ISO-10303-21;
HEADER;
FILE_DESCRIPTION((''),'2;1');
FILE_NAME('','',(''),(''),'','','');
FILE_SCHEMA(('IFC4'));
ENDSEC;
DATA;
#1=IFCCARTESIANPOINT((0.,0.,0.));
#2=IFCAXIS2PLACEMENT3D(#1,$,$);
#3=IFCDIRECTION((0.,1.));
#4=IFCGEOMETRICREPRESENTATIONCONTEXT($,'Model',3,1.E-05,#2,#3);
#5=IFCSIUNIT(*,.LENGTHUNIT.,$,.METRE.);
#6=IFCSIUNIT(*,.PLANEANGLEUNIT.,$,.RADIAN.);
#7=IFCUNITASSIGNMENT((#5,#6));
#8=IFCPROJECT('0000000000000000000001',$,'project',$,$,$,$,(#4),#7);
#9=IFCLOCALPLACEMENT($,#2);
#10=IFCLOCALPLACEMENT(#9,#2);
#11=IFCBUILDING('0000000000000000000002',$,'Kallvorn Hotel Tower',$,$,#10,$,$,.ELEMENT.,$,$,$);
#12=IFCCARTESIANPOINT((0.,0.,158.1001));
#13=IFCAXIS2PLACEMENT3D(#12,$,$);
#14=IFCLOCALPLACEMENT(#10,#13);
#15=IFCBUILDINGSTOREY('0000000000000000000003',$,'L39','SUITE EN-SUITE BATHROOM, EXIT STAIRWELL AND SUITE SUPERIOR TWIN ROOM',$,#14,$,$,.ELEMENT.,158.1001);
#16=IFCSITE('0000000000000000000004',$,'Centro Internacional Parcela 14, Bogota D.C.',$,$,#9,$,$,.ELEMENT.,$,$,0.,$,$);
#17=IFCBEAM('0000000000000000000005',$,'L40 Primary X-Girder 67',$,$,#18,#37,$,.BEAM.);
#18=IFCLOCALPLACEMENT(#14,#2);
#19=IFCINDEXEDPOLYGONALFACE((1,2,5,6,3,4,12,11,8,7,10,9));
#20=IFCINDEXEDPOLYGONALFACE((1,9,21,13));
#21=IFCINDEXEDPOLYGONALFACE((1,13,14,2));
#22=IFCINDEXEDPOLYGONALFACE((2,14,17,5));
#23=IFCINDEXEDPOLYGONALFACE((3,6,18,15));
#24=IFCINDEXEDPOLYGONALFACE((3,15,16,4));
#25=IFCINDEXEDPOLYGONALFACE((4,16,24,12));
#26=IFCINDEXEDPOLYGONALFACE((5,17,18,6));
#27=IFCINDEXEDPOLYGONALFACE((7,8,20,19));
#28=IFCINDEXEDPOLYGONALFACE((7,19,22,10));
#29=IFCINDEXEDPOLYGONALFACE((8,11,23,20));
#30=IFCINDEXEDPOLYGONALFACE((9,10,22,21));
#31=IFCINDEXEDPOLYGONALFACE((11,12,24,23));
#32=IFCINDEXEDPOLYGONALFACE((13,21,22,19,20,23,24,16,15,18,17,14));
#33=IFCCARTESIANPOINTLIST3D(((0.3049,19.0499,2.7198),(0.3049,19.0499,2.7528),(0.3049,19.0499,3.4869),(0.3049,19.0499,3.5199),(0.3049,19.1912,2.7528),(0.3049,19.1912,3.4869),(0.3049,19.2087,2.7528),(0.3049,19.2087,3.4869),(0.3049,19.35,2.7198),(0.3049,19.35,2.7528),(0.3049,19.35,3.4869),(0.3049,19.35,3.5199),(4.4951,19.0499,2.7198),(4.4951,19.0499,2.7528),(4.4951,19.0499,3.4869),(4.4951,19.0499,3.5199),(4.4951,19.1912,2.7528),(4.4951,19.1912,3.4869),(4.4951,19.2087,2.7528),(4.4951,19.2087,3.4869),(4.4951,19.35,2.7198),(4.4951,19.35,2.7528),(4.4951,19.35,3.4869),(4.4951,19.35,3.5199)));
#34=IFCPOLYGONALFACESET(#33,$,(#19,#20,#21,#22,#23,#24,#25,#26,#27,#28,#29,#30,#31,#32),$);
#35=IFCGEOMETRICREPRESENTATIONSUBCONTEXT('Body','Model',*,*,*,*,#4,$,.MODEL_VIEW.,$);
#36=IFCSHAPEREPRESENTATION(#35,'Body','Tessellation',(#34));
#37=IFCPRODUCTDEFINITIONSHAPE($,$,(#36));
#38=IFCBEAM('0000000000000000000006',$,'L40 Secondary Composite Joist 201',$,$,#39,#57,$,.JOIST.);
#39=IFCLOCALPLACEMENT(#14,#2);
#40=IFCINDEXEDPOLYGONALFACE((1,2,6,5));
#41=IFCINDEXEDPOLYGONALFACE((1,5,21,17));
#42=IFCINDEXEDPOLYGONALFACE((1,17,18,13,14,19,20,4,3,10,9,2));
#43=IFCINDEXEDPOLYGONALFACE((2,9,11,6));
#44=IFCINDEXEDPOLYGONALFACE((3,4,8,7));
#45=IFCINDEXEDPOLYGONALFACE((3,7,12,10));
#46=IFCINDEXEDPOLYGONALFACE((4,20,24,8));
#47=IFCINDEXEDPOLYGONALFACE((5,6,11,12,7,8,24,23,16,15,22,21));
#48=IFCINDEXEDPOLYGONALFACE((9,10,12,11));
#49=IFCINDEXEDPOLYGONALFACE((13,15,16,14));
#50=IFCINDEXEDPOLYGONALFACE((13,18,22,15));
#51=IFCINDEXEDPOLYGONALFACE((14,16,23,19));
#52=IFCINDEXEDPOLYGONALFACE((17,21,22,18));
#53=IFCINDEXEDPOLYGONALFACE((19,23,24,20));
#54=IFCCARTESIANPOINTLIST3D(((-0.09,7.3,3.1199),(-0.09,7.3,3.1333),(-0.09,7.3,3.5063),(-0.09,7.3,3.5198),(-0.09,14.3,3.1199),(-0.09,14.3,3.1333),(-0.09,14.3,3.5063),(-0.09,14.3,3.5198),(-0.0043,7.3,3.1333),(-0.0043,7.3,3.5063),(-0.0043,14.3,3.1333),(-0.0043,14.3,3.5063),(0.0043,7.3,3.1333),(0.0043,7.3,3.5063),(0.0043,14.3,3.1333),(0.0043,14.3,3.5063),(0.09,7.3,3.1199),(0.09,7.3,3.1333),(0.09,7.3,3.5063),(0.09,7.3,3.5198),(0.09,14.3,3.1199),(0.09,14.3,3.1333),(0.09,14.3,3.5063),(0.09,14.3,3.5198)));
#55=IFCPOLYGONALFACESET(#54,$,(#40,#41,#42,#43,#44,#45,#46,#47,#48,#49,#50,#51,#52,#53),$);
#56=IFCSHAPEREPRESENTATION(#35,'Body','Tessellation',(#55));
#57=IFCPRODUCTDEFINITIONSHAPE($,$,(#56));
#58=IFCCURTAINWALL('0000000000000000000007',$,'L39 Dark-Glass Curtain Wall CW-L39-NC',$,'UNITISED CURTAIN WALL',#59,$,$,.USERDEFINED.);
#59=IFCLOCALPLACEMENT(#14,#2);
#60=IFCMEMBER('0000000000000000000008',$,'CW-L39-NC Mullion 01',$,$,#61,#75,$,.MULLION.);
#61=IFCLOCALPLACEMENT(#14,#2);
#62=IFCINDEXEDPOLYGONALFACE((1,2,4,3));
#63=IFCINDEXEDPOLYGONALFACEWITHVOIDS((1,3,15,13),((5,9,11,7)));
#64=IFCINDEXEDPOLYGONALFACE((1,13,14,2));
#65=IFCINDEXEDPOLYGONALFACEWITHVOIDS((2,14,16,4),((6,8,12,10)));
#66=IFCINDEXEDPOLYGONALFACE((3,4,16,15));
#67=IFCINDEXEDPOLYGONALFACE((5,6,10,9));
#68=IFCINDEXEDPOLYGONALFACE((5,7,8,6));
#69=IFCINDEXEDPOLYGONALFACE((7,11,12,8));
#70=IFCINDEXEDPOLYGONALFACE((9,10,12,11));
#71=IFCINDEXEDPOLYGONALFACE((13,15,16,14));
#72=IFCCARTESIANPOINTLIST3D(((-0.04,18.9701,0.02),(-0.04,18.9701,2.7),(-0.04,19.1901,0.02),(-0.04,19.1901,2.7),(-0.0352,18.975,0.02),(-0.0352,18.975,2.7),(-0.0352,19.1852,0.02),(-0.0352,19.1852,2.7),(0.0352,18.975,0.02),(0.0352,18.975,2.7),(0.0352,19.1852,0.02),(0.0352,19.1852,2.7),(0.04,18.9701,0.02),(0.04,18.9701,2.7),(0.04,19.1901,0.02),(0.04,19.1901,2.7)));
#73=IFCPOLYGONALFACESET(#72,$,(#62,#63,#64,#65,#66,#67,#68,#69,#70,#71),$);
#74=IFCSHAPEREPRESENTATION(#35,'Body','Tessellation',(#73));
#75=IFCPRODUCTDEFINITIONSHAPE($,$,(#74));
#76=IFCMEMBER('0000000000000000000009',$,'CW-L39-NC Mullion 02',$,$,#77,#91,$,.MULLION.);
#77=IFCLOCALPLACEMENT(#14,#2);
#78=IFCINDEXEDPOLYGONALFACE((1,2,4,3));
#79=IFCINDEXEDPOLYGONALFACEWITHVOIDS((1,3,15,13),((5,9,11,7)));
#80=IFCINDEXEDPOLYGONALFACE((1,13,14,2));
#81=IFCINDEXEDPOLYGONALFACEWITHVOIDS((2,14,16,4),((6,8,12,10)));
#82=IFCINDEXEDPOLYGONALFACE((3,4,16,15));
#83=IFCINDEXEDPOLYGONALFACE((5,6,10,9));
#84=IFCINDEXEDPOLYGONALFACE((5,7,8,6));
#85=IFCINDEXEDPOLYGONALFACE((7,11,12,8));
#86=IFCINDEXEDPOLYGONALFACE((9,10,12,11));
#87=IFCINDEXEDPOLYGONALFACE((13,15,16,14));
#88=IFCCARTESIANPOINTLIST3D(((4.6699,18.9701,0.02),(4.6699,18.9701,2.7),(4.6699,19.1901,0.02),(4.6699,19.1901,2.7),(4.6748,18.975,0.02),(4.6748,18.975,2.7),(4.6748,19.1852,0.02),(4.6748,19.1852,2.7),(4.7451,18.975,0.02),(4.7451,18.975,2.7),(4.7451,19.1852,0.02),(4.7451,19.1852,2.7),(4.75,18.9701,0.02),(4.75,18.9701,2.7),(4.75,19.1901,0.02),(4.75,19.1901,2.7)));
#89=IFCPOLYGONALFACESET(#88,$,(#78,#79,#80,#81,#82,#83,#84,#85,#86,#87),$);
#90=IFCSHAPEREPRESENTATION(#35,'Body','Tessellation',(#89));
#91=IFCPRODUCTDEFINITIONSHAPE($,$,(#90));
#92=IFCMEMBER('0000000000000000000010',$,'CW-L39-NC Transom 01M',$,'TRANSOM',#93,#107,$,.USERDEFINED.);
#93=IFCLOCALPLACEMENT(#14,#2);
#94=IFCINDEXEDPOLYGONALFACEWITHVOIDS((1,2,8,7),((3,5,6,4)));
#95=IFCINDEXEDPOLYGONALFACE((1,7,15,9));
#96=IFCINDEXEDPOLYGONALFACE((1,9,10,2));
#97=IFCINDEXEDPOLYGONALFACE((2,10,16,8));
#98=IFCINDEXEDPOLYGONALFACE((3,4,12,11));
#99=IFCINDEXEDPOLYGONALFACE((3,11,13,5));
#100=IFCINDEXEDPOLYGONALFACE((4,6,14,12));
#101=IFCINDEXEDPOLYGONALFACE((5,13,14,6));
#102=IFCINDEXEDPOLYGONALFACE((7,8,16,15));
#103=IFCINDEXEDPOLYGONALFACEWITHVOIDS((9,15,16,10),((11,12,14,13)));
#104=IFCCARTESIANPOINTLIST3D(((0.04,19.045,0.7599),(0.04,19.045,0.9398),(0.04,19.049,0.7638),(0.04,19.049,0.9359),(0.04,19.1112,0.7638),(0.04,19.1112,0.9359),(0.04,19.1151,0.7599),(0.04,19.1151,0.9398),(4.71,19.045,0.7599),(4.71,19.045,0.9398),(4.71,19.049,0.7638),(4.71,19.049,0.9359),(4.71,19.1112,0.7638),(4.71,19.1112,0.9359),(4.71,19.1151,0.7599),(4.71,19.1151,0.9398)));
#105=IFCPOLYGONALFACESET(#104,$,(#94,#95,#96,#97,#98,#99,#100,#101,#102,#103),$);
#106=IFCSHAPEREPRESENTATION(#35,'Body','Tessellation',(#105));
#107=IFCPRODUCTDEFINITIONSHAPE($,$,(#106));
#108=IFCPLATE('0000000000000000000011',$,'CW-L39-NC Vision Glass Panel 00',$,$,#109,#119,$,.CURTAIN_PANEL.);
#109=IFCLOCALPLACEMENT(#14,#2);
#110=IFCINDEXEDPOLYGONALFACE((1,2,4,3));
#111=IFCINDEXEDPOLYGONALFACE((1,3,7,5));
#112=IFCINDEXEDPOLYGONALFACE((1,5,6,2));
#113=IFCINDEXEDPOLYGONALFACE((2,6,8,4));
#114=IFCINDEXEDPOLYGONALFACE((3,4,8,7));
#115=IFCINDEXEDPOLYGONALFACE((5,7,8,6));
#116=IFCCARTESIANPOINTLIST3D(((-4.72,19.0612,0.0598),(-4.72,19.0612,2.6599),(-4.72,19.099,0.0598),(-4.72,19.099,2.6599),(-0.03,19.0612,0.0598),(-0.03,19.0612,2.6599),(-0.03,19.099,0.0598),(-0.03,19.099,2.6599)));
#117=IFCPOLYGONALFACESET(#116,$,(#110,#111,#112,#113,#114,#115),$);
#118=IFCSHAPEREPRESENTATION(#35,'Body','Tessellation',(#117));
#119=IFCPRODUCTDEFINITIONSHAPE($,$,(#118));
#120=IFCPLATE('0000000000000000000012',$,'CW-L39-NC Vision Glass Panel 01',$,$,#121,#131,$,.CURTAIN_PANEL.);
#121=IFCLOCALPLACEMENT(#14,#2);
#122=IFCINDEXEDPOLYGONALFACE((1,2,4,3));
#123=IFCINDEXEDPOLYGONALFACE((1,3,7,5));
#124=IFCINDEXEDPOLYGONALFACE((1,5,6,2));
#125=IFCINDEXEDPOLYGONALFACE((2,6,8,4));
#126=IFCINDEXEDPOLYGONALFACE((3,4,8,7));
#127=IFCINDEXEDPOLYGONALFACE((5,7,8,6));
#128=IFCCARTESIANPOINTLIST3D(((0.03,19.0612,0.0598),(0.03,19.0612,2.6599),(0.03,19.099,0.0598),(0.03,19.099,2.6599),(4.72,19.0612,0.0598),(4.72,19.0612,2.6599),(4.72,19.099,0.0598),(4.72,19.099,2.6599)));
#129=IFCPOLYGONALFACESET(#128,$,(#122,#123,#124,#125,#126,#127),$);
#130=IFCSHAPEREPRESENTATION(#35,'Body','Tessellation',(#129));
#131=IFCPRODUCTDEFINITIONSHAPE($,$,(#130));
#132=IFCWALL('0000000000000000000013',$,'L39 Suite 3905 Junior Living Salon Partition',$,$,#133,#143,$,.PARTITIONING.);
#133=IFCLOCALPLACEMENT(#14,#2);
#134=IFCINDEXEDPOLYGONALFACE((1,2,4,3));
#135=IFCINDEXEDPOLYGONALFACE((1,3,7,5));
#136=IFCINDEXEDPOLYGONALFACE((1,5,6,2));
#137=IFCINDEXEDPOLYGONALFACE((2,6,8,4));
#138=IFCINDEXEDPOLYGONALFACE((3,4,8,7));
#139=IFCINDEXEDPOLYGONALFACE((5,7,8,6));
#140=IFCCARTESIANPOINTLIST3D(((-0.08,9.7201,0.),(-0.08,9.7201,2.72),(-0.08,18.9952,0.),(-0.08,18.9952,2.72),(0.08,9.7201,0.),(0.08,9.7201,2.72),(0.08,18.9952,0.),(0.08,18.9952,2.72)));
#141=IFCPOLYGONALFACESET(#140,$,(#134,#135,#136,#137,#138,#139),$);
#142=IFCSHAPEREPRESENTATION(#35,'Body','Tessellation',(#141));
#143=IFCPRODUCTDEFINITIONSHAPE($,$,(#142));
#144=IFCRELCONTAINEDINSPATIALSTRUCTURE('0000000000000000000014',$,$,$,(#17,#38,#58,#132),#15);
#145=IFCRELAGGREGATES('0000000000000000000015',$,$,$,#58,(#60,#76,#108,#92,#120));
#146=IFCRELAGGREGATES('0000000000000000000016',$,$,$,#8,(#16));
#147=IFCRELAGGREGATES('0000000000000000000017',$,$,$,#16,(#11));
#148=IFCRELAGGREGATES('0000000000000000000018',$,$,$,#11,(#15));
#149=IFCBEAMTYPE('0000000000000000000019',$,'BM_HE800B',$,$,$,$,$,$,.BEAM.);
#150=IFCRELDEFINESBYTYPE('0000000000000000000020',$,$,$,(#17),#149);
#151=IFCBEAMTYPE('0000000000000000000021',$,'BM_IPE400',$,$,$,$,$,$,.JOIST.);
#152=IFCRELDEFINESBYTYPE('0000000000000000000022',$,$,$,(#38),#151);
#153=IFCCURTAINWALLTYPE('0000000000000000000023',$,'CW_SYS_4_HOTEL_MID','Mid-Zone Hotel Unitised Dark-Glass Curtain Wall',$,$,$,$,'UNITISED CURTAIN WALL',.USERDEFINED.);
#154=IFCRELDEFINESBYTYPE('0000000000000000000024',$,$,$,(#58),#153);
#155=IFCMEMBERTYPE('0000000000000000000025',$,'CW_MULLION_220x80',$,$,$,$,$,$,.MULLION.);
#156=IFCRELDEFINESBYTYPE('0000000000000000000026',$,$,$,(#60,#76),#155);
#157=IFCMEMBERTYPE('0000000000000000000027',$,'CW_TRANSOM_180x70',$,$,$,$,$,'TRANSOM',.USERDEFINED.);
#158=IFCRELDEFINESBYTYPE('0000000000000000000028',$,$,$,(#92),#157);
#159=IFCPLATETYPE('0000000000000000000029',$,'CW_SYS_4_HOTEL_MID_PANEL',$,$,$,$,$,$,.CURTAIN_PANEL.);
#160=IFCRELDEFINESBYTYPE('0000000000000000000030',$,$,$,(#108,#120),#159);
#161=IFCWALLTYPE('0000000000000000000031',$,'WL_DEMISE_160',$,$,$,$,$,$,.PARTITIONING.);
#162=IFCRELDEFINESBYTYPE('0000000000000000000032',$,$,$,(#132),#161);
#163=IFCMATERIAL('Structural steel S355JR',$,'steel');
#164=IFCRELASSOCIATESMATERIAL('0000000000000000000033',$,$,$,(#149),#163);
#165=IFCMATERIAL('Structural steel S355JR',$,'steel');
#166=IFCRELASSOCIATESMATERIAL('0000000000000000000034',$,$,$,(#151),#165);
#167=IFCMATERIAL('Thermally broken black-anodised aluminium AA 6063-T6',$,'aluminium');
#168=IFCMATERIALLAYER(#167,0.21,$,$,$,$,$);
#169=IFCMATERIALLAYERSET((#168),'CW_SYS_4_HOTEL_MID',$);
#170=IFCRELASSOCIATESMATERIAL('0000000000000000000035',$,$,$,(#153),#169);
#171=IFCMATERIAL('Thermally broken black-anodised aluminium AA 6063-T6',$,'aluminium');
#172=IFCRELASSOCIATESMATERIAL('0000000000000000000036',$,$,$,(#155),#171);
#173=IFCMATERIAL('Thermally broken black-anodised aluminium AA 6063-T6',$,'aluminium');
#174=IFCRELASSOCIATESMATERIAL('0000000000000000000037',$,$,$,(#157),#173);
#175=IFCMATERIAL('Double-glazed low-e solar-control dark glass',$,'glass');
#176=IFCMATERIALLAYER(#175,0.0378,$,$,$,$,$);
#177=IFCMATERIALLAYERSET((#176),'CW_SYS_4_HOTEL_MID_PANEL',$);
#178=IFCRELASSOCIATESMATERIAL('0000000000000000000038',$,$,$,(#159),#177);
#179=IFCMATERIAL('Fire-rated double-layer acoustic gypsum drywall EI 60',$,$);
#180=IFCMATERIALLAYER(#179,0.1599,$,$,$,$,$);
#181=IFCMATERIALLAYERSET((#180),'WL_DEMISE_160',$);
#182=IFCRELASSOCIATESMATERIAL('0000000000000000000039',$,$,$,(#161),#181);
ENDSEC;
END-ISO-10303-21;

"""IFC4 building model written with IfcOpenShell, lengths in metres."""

from ifc_helpers import new_model, si_unit, direction, frame, frame_2d, origin, origin_2d, place, context, subcontext, project, spatial, rectangle, hollow_rectangle, i_section, extrude, material, layer, layer_set, material_profile, profile_set, type_object, element, aggregate, save


model = new_model("IFC4")

# Units and contexts
model_context = context("Model", 3, precision=1e-05, world=origin(), true_north=direction((0.0, 1.0)))
body_context = subcontext(model_context, "Body", "Model", "MODEL_VIEW")
ifc_project = project(units=[si_unit("LENGTHUNIT", "METRE"), si_unit("PLANEANGLEUNIT", "RADIAN")], contexts=[model_context])

# Site, building, storey
site_placement = place(None, origin())
site = spatial("IfcSite", under=ifc_project, at=site_placement, Name="Centro Internacional Parcela 14, Bogota D.C.", CompositionType="ELEMENT", RefElevation=0.0)
building_placement = place(site_placement, origin())
building = spatial("IfcBuilding", under=site, at=building_placement, Name="Kallvorn Hotel Tower", CompositionType="ELEMENT")
storey_placement = place(building_placement, frame((0.0, 0.0, 158.1001)))
storey = spatial("IfcBuildingStorey", under=building, at=storey_placement, Name="L39", Description="SUITE EN-SUITE BATHROOM, EXIT STAIRWELL AND SUITE SUPERIOR TWIN ROOM", CompositionType="ELEMENT", Elevation=158.1001)

# Beams
ifc_material_1 = material(Name="Structural steel S355JR", Category="steel")
ifc_material_profile_1 = material_profile(ifc_material_1, i_section(OverallWidth=0.3, OverallDepth=0.8, WebThickness=0.0176, FlangeThickness=0.033, at=origin_2d()), Name="HE 800 B")
ifc_profile_set_1 = profile_set([ifc_material_profile_1], Name="Structural steel S355JR")
beam_type_1 = type_object("IfcBeamType", Name="BM_HE800B", PredefinedType="BEAM", material=ifc_profile_set_1)
beam_1_placement = place(storey_placement, frame((0.3049, 19.2, 3.1199), z_axis=(1.0, 0.0, 0.0), x_axis=(0.0, 1.0, 0.0)))
element("IfcBeam", 1, at=beam_1_placement, inside=storey, type_object=beam_type_1, Name="L40 Primary X-Girder 67", PredefinedType="BEAM", context=body_context, shape_type="SweptSolid", body=[
    extrude(i_section(OverallWidth=0.3, OverallDepth=0.8, WebThickness=0.0176, FlangeThickness=0.033, at=origin_2d()), origin(), (0.0, 0.0, 1.0), 4.1902),
])
ifc_material_2 = material(Name="Structural steel S355JR", Category="steel")
ifc_material_profile_2 = material_profile(ifc_material_2, i_section(OverallWidth=0.1799, OverallDepth=0.3999, WebThickness=0.0085, FlangeThickness=0.0134, at=origin_2d()), Name="IPE 400")
ifc_profile_set_2 = profile_set([ifc_material_profile_2], Name="Structural steel S355JR")
beam_type_2 = type_object("IfcBeamType", Name="BM_IPE400", PredefinedType="JOIST", material=ifc_profile_set_2)
beam_2_placement = place(storey_placement, frame((0.0, 7.3, 3.3198), z_axis=(0.0, 1.0, 0.0), x_axis=(-1.0, 0.0, 0.0)))
element("IfcBeam", 2, at=beam_2_placement, inside=storey, type_object=beam_type_2, Name="L40 Secondary Composite Joist 201", PredefinedType="JOIST", context=body_context, shape_type="SweptSolid", body=[
    extrude(i_section(OverallWidth=0.1799, OverallDepth=0.3999, WebThickness=0.0085, FlangeThickness=0.0134, at=origin_2d()), origin(), (0.0, 0.0, 1.0), 7.0),
])

# Curtain wall, members, plates
ifc_material_3 = material(Name="Thermally broken black-anodised aluminium AA 6063-T6", Category="aluminium")
ifc_layer_1 = layer(ifc_material_3, 0.21)
ifc_layer_set_1 = layer_set([ifc_layer_1], Name="CW_SYS_4_HOTEL_MID")
curtain_wall_type = type_object("IfcCurtainWallType", Name="CW_SYS_4_HOTEL_MID", Description="Mid-Zone Hotel Unitised Dark-Glass Curtain Wall", ElementType="UNITISED CURTAIN WALL", PredefinedType="USERDEFINED", material=ifc_layer_set_1)
curtain_wall_placement = place(storey_placement, origin())
curtain_wall = element("IfcCurtainWall", 3, at=curtain_wall_placement, inside=storey, type_object=curtain_wall_type, Name="L39 Dark-Glass Curtain Wall CW-L39-NC", ObjectType="UNITISED CURTAIN WALL", PredefinedType="USERDEFINED")
ifc_material_4 = material(Name="Thermally broken black-anodised aluminium AA 6063-T6", Category="aluminium")
ifc_material_profile_3 = material_profile(ifc_material_4, hollow_rectangle(XDim=0.0801, YDim=0.22, WallThickness=0.0049, at=origin_2d()), Name="MUL 220x80")
ifc_profile_set_3 = profile_set([ifc_material_profile_3], Name="Thermally broken black-anodised aluminium AA 6063-T6")
member_type_1 = type_object("IfcMemberType", Name="CW_MULLION_220x80", PredefinedType="MULLION", material=ifc_profile_set_3)
member_1_placement = place(storey_placement, frame((0.0, 19.0801, 0.02), z_axis=(0.0, 0.0, 1.0), x_axis=(1.0, 0.0, 0.0)))
member_1 = element("IfcMember", 4, at=member_1_placement, type_object=member_type_1, Name="CW-L39-NC Mullion 01", PredefinedType="MULLION", context=body_context, shape_type="SweptSolid", body=[
    extrude(hollow_rectangle(XDim=0.0801, YDim=0.22, WallThickness=0.0049, at=origin_2d()), origin(), (0.0, 0.0, 1.0), 2.6799),
])
member_2_placement = place(storey_placement, frame((4.71, 19.0801, 0.02), z_axis=(0.0, 0.0, 1.0), x_axis=(1.0, 0.0, 0.0)))
member_2 = element("IfcMember", 5, at=member_2_placement, type_object=member_type_1, Name="CW-L39-NC Mullion 02", PredefinedType="MULLION", context=body_context, shape_type="SweptSolid", body=[
    extrude(hollow_rectangle(XDim=0.0801, YDim=0.22, WallThickness=0.0049, at=origin_2d()), origin(), (0.0, 0.0, 1.0), 2.6799),
])
ifc_material_5 = material(Name="Thermally broken black-anodised aluminium AA 6063-T6", Category="aluminium")
ifc_material_profile_4 = material_profile(ifc_material_5, hollow_rectangle(XDim=0.0701, YDim=0.1799, WallThickness=0.0039, at=origin_2d()), Name="TRN 180x70")
ifc_profile_set_4 = profile_set([ifc_material_profile_4], Name="Thermally broken black-anodised aluminium AA 6063-T6")
member_type_2 = type_object("IfcMemberType", Name="CW_TRANSOM_180x70", ElementType="TRANSOM", PredefinedType="USERDEFINED", material=ifc_profile_set_4)
member_3_placement = place(storey_placement, frame((0.04, 19.0801, 0.8499), z_axis=(1.0, 0.0, 0.0), x_axis=(0.0, 1.0, 0.0)))
member_3 = element("IfcMember", 6, at=member_3_placement, type_object=member_type_2, Name="CW-L39-NC Transom 01M", ObjectType="TRANSOM", PredefinedType="USERDEFINED", context=body_context, shape_type="SweptSolid", body=[
    extrude(hollow_rectangle(XDim=0.0701, YDim=0.1799, WallThickness=0.0039, at=origin_2d()), origin(), (0.0, 0.0, 1.0), 4.6699),
])
ifc_material_6 = material(Name="Double-glazed low-e solar-control dark glass", Category="glass")
ifc_layer_2 = layer(ifc_material_6, 0.0378)
ifc_layer_set_2 = layer_set([ifc_layer_2], Name="CW_SYS_4_HOTEL_MID_PANEL")
plate_type = type_object("IfcPlateType", Name="CW_SYS_4_HOTEL_MID_PANEL", PredefinedType="CURTAIN_PANEL", material=ifc_layer_set_2)
plate_1_placement = place(storey_placement, frame((-2.375, 19.0801, 0.0598), z_axis=(0.0, 0.0, 1.0), x_axis=(1.0, 0.0, 0.0)))
plate_1 = element("IfcPlate", 7, at=plate_1_placement, type_object=plate_type, Name="CW-L39-NC Vision Glass Panel 00", PredefinedType="CURTAIN_PANEL", context=body_context, shape_type="SweptSolid", body=[
    extrude(rectangle(XDim=4.6899, YDim=0.0378, at=origin_2d()), origin(), (0.0, 0.0, 1.0), 2.6001),
])
plate_2_placement = place(storey_placement, frame((2.375, 19.0801, 0.0598), z_axis=(0.0, 0.0, 1.0), x_axis=(1.0, 0.0, 0.0)))
plate_2 = element("IfcPlate", 8, at=plate_2_placement, type_object=plate_type, Name="CW-L39-NC Vision Glass Panel 01", PredefinedType="CURTAIN_PANEL", context=body_context, shape_type="SweptSolid", body=[
    extrude(rectangle(XDim=4.6899, YDim=0.0378, at=origin_2d()), origin(), (0.0, 0.0, 1.0), 2.6001),
])
aggregate(curtain_wall, [member_1, member_2, plate_1, member_3, plate_2])

# Wall
ifc_material_7 = material(Name="Fire-rated double-layer acoustic gypsum drywall EI 60")
ifc_layer_3 = layer(ifc_material_7, 0.1599)
ifc_layer_set_3 = layer_set([ifc_layer_3], Name="WL_DEMISE_160")
wall_type_1 = type_object("IfcWallType", Name="WL_DEMISE_160", PredefinedType="PARTITIONING", material=ifc_layer_set_3)
wall_1_placement = place(storey_placement, frame((0.0, 9.72, 0.0), z_axis=(0.0, 0.0, 1.0), x_axis=(0.0, 1.0, 0.0)))
element("IfcWall", 9, at=wall_1_placement, inside=storey, type_object=wall_type_1, Name="L39 Suite 3905 Junior Living Salon Partition", PredefinedType="PARTITIONING", context=body_context, shape_type="SweptSolid", body=[
    extrude(rectangle(XDim=9.2751, YDim=0.1599, at=frame_2d((4.6377, 0.0))), origin(), (0.0, 0.0, 1.0), 2.72),
])

save(model, "model.ifc")
